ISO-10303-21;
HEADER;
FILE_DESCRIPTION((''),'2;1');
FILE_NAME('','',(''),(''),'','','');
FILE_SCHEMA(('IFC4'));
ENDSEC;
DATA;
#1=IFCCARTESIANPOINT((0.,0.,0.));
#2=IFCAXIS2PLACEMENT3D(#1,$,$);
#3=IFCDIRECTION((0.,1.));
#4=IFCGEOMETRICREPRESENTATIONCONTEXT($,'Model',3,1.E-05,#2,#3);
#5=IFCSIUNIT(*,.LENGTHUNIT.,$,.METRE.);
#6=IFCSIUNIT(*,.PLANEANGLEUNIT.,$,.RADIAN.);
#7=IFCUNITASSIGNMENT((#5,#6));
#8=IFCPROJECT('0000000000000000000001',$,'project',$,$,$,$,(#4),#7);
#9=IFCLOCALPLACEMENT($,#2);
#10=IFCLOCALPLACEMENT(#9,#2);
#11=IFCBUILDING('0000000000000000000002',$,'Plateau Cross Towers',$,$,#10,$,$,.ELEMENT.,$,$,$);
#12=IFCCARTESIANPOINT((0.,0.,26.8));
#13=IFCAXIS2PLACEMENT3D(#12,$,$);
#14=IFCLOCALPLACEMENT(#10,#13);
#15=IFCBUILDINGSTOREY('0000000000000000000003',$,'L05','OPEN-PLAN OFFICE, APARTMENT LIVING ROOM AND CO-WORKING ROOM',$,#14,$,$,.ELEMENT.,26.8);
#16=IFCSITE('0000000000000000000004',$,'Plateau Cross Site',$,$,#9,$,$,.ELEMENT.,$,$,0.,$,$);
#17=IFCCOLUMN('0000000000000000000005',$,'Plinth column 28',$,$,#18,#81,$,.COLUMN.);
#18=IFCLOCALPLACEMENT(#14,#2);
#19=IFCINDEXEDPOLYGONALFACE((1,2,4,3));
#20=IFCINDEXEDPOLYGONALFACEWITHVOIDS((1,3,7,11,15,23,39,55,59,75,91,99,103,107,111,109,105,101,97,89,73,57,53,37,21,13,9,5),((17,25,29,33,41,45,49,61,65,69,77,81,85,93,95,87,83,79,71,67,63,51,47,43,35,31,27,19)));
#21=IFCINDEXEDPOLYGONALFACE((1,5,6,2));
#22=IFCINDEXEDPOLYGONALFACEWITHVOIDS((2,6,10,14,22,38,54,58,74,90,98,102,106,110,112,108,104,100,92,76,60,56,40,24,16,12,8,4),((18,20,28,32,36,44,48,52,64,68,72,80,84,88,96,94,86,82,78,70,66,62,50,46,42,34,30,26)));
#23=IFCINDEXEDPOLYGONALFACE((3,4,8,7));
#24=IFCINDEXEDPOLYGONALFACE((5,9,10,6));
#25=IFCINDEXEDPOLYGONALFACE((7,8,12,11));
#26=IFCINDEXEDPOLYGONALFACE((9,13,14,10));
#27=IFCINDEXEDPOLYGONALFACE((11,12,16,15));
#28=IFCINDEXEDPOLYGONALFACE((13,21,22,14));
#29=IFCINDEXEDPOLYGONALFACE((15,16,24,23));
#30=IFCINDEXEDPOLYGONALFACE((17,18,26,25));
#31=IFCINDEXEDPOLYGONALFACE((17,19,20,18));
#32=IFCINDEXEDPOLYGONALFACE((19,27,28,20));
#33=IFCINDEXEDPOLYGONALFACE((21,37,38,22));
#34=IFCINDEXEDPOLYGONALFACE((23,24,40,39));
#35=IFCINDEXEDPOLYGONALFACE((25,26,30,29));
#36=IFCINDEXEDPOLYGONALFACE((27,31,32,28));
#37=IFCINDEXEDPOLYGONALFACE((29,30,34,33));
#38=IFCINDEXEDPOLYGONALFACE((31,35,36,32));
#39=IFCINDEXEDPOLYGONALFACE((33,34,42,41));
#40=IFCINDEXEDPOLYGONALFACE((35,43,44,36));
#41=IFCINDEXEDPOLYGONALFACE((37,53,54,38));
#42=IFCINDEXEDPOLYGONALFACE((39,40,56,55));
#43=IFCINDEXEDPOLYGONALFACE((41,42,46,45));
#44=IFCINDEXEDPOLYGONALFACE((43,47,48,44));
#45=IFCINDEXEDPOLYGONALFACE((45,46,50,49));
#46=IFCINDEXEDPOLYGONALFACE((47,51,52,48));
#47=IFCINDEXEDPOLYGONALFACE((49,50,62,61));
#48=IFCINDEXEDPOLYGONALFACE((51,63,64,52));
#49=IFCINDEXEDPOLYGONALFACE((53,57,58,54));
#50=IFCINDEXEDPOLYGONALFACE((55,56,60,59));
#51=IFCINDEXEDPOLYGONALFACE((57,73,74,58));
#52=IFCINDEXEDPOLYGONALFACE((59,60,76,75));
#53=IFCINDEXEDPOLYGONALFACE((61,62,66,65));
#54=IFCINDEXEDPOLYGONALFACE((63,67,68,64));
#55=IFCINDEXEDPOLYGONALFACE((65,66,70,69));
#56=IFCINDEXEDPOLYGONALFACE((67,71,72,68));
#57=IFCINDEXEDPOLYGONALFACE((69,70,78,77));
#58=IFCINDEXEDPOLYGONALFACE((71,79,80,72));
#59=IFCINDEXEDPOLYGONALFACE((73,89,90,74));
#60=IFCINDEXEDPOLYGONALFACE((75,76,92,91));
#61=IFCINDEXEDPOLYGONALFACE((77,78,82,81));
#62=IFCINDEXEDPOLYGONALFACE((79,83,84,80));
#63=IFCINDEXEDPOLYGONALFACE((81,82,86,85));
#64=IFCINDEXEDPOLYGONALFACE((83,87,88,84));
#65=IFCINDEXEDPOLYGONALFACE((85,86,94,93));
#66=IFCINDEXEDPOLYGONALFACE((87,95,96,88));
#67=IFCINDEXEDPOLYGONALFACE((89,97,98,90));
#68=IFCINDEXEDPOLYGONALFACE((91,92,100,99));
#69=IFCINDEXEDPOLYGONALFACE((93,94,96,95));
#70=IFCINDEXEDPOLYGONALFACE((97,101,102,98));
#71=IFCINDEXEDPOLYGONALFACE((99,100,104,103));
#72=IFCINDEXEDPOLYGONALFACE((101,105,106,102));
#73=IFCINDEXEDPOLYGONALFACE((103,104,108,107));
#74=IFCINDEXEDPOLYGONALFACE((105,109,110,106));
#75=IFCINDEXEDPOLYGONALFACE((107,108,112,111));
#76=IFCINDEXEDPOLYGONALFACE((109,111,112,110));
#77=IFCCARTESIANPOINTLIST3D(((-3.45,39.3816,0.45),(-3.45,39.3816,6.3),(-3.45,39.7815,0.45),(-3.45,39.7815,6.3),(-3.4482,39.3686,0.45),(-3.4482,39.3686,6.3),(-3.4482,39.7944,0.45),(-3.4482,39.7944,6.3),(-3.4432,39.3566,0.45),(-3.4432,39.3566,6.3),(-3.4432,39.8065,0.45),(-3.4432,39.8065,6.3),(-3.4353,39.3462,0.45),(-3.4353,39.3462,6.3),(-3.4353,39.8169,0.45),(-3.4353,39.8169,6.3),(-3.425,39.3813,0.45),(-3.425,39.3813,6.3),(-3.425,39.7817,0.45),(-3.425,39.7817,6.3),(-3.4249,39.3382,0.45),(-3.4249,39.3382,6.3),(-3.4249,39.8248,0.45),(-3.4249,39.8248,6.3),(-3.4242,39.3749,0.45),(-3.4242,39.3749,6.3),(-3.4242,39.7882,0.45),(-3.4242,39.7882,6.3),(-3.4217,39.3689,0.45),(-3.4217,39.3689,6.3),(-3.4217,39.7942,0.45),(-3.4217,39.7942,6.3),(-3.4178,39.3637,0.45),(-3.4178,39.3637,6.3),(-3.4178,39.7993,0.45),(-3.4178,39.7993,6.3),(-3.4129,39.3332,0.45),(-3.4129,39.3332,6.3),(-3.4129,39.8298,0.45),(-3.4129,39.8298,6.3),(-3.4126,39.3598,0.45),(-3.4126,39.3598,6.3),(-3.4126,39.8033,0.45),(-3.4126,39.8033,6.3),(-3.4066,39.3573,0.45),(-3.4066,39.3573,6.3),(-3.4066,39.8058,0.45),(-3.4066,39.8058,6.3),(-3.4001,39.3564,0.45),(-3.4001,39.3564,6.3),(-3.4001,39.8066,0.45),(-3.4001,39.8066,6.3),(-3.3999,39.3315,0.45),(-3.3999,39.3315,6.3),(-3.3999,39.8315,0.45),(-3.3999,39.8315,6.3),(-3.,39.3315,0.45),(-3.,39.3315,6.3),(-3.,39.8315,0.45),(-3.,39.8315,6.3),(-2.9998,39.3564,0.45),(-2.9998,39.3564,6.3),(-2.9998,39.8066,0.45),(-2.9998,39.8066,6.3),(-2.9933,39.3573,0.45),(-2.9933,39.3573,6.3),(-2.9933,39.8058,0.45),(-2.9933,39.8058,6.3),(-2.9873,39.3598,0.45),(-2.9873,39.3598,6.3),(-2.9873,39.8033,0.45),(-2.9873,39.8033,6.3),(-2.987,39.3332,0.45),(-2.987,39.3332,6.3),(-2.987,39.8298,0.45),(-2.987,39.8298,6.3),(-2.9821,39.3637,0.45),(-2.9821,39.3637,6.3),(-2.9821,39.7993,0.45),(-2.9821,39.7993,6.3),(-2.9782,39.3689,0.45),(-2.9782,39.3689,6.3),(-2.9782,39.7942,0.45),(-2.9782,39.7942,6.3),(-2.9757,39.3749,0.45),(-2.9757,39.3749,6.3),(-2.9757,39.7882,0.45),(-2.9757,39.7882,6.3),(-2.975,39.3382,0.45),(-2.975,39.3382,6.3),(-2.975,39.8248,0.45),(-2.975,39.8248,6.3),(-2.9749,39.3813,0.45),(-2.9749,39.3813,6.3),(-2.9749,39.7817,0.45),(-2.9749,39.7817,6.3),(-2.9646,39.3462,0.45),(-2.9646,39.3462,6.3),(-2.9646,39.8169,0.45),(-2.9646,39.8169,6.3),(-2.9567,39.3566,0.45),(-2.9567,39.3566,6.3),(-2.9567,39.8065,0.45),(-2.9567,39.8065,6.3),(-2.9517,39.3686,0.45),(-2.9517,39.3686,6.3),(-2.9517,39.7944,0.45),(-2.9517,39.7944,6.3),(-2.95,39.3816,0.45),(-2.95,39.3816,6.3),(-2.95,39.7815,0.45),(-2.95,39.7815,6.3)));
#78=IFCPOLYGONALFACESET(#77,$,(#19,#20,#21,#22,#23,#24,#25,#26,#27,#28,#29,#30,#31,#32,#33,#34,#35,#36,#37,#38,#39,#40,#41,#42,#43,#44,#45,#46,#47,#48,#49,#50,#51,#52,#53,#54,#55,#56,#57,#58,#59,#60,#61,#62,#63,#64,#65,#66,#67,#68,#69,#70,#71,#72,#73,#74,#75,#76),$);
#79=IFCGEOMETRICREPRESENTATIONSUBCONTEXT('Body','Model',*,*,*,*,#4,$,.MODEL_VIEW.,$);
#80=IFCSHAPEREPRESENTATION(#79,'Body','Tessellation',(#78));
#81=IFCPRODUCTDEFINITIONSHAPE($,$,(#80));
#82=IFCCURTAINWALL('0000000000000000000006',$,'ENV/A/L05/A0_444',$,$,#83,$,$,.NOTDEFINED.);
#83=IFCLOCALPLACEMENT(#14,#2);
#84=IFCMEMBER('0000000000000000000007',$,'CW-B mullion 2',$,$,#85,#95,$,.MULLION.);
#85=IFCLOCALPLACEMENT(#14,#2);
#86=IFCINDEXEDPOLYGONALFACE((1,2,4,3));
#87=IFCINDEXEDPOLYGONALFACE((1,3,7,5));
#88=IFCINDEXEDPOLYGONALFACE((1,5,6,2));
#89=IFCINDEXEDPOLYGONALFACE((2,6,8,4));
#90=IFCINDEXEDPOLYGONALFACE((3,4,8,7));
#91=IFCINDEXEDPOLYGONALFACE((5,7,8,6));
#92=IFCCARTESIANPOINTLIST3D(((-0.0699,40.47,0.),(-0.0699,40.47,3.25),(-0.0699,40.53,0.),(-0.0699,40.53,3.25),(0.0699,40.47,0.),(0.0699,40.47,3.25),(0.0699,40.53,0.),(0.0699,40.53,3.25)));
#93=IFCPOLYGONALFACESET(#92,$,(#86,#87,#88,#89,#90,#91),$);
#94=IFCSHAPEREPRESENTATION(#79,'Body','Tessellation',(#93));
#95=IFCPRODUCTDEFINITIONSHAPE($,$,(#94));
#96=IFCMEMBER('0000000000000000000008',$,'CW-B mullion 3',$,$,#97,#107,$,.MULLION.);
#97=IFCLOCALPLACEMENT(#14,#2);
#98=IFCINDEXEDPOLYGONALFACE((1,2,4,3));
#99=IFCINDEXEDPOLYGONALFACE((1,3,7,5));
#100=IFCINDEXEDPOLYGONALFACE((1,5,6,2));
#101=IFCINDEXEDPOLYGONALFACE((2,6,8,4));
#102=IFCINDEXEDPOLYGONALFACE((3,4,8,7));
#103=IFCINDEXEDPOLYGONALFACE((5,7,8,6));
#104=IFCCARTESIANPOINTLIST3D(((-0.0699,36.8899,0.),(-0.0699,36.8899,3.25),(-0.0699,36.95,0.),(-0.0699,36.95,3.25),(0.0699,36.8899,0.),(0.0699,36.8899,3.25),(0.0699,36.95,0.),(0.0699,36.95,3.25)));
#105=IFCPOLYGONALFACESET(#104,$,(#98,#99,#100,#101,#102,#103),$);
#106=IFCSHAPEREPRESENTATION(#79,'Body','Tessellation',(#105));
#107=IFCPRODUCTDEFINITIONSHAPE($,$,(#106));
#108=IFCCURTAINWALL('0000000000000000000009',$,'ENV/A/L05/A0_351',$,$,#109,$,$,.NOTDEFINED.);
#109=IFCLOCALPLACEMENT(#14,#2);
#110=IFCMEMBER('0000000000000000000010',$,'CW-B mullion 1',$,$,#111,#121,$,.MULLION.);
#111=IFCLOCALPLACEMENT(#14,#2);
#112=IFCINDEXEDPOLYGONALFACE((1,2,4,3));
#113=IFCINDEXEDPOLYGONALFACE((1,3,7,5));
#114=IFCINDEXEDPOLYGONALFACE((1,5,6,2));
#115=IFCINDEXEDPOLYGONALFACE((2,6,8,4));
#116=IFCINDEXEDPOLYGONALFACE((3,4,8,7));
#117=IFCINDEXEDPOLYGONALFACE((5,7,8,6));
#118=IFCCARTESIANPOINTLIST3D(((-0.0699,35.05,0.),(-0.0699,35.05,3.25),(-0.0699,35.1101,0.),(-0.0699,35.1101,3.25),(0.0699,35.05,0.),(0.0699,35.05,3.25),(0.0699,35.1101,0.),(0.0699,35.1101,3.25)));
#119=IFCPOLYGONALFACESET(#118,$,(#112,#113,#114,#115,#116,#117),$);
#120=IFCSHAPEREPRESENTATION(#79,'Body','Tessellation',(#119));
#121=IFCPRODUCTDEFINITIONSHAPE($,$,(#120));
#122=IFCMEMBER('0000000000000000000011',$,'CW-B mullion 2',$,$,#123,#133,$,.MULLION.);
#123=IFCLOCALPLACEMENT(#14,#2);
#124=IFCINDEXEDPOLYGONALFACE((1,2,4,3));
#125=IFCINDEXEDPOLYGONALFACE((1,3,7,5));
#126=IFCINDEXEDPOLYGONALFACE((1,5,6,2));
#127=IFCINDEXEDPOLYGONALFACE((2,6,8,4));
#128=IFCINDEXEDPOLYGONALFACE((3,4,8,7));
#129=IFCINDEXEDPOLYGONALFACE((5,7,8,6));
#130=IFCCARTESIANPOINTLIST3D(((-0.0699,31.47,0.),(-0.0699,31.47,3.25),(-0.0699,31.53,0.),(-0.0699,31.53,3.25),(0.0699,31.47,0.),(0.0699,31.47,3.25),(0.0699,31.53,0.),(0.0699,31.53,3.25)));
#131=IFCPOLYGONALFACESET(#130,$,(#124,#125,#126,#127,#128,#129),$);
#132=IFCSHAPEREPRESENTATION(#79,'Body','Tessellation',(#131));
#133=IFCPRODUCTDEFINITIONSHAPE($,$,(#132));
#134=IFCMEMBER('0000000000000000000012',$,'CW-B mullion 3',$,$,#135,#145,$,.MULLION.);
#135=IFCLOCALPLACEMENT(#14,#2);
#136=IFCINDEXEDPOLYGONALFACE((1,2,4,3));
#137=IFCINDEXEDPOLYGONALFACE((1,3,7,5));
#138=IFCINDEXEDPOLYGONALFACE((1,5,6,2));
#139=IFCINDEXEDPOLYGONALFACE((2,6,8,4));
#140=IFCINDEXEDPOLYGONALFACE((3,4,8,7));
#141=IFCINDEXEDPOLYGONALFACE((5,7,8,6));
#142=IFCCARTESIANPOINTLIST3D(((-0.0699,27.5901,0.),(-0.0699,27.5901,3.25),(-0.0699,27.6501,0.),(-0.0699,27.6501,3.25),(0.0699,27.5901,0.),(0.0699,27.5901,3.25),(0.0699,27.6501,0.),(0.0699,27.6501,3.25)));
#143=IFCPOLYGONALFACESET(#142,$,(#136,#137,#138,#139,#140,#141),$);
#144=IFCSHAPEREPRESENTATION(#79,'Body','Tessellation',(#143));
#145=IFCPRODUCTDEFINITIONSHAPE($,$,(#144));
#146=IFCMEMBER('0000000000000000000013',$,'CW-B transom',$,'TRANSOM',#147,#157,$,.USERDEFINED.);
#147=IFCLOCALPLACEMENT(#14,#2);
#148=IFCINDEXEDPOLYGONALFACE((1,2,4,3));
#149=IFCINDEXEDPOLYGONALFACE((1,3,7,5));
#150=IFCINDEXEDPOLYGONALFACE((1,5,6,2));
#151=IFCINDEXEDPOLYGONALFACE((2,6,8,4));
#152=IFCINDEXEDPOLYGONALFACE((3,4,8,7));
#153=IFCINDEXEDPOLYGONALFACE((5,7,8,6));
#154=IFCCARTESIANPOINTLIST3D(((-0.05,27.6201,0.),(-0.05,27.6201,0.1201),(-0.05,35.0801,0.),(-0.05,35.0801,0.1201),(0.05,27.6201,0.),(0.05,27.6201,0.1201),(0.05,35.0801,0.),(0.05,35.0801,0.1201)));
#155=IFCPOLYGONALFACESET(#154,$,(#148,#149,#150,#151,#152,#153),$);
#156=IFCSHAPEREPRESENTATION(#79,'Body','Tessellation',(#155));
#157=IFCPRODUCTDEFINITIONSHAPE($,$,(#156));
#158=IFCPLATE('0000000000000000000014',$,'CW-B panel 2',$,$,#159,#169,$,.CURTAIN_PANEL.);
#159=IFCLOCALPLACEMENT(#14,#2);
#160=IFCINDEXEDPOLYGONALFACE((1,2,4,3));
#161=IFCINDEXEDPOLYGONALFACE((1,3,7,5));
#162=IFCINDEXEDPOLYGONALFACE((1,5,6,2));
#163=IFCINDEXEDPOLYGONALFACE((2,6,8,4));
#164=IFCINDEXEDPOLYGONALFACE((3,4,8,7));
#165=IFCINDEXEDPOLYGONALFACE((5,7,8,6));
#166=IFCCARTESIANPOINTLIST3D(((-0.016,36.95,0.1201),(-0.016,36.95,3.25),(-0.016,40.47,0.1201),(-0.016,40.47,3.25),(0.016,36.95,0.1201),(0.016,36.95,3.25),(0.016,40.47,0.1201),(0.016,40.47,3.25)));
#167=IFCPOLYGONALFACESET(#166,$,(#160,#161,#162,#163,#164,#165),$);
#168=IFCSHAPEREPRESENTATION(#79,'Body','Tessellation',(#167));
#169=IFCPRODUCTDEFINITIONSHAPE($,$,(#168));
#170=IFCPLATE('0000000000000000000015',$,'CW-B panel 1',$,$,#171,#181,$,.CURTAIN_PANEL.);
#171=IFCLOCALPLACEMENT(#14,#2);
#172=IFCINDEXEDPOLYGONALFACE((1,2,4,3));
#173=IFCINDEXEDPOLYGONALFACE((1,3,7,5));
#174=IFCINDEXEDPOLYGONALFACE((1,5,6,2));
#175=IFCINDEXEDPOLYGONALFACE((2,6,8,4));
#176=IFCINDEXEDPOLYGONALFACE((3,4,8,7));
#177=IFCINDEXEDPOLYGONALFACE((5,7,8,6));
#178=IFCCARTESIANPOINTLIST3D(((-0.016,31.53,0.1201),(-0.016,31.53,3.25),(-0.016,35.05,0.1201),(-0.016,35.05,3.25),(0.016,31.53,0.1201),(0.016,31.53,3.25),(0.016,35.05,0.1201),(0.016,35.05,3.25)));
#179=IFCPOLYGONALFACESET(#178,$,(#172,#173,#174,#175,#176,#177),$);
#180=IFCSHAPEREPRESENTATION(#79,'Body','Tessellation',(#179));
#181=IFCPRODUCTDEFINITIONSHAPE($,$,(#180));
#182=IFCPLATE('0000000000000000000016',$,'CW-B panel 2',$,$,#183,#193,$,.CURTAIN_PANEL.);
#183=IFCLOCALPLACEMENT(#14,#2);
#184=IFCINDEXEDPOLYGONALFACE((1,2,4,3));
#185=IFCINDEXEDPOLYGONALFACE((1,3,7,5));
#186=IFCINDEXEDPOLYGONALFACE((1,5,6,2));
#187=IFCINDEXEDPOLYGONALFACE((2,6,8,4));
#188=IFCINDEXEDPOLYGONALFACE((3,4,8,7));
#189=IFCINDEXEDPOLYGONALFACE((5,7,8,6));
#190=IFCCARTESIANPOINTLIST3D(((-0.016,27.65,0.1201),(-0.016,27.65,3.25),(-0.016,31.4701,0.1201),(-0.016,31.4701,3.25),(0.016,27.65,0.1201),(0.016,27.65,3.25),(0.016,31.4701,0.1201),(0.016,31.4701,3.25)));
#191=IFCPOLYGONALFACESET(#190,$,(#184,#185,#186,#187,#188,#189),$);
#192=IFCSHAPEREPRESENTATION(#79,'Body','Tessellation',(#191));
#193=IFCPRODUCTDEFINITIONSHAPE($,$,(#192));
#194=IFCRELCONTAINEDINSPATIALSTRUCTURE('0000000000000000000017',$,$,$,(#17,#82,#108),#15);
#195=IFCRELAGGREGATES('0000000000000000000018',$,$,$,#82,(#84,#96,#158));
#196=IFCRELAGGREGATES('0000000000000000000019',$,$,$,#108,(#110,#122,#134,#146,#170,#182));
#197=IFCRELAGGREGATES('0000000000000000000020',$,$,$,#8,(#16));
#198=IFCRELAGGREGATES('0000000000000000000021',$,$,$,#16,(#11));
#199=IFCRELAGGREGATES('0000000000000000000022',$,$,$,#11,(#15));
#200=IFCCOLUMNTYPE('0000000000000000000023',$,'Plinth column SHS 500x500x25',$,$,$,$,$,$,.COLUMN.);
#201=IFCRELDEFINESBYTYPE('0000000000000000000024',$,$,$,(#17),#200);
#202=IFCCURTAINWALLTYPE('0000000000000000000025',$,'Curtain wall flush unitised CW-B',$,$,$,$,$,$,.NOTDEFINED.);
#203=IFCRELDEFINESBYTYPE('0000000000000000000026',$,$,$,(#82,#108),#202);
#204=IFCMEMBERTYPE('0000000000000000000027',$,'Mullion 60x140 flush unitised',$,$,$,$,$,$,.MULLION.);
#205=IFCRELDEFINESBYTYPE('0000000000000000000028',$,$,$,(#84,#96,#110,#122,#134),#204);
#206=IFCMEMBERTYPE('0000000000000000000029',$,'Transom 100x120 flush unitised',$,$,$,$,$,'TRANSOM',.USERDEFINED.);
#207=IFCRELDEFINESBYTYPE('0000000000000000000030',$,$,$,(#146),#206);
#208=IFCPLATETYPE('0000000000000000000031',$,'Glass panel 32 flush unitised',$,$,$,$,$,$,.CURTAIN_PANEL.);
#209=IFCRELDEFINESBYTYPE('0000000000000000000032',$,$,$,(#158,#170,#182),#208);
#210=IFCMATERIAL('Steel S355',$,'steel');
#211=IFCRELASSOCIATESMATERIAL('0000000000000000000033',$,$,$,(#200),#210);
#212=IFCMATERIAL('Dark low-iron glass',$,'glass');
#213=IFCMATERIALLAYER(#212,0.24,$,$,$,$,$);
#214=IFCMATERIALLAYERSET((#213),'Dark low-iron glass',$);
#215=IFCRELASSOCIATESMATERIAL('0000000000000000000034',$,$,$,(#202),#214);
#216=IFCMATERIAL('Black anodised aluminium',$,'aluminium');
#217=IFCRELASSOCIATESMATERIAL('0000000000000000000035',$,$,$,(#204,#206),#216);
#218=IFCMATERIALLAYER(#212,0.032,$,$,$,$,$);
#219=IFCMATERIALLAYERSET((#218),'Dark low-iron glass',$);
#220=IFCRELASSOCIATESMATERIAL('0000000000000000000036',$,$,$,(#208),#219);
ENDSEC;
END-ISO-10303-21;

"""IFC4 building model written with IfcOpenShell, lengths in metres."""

from ifc_helpers import new_model, si_unit, direction, frame, origin, origin_2d, place, context, subcontext, project, spatial, rectangle, hollow_rectangle, extrude, material, layer, layer_set, material_profile, profile_set, type_object, element, aggregate, save


model = new_model("IFC4")

# Units and contexts
model_context = context("Model", 3, precision=1e-05, world=origin(), true_north=direction((0.0, 1.0)))
body_context = subcontext(model_context, "Body", "Model", "MODEL_VIEW")
ifc_project = project(units=[si_unit("LENGTHUNIT", "METRE"), si_unit("PLANEANGLEUNIT", "RADIAN")], contexts=[model_context])

# Site, building, storey
site_placement = place(None, origin())
site = spatial("IfcSite", under=ifc_project, at=site_placement, Name="Plateau Cross Site", CompositionType="ELEMENT", RefElevation=0.0)
building_placement = place(site_placement, origin())
building = spatial("IfcBuilding", under=site, at=building_placement, Name="Plateau Cross Towers", CompositionType="ELEMENT")
storey_placement = place(building_placement, frame((0.0, 0.0, 26.8)))
storey = spatial("IfcBuildingStorey", under=building, at=storey_placement, Name="L05", Description="OPEN-PLAN OFFICE, APARTMENT LIVING ROOM AND CO-WORKING ROOM", CompositionType="ELEMENT", Elevation=26.8)

# Column
ifc_material_1 = material(Name="Steel S355", Category="steel")
ifc_material_profile_1 = material_profile(ifc_material_1, hollow_rectangle(XDim=0.5, YDim=0.5, WallThickness=0.0249, InnerFilletRadius=0.0249, OuterFilletRadius=0.05, at=origin_2d()), Name="SHS 500x500x25")
ifc_profile_set_1 = profile_set([ifc_material_profile_1], Name="Steel S355")
column_type_1 = type_object("IfcColumnType", Name="Plinth column SHS 500x500x25", PredefinedType="COLUMN", material=ifc_profile_set_1)
for number, where, z_axis, x_axis, name in (
    (1, (-3.2, 39.5815, 0.45), (0.0, 0.0, 1.0), (1.0, 0.0, 0.0), "Plinth column 28"),
):
    element("IfcColumn", number, at=place(storey_placement, frame(where, z_axis=z_axis, x_axis=x_axis)), inside=storey, type_object=column_type_1, Name=name, PredefinedType="COLUMN", context=body_context, shape_type="SweptSolid", body=[
        extrude(hollow_rectangle(XDim=0.5, YDim=0.5, WallThickness=0.0249, InnerFilletRadius=0.0249, OuterFilletRadius=0.05, at=origin_2d()), origin(), (0.0, 0.0, 1.0), 5.8501),
    ])

# Curtain walls, members
ifc_material_2 = material(Name="Dark low-iron glass", Category="glass")
ifc_layer_1 = layer(ifc_material_2, 0.24)
ifc_layer_set_1 = layer_set([ifc_layer_1], Name="Dark low-iron glass")
curtain_wall_type = type_object("IfcCurtainWallType", Name="Curtain wall flush unitised CW-B", PredefinedType="NOTDEFINED", material=ifc_layer_set_1)
curtain_wall_1_placement = place(storey_placement, origin())
curtain_wall_1 = element("IfcCurtainWall", 2, at=curtain_wall_1_placement, inside=storey, type_object=curtain_wall_type, Name="ENV/A/L05/A0_444", PredefinedType="NOTDEFINED")
ifc_material_3 = material(Name="Black anodised aluminium", Category="aluminium")
ifc_material_profile_2 = material_profile(ifc_material_3, rectangle(XDim=0.0601, YDim=0.1399, at=origin_2d()), Name="MULLION 60x140")
ifc_profile_set_2 = profile_set([ifc_material_profile_2], Name="Black anodised aluminium")
member_type_1 = type_object("IfcMemberType", Name="Mullion 60x140 flush unitised", PredefinedType="MULLION", material=ifc_profile_set_2)
member_1_placement = place(storey_placement, frame((0.0, 40.5, 0.0), z_axis=(0.0, 0.0, 1.0), x_axis=(0.0, -1.0, 0.0)))
member_1 = element("IfcMember", 3, at=member_1_placement, type_object=member_type_1, Name="CW-B mullion 2", PredefinedType="MULLION", context=body_context, shape_type="SweptSolid", body=[
    extrude(rectangle(XDim=0.0601, YDim=0.1399, at=origin_2d()), origin(), (0.0, 0.0, 1.0), 3.25),
])
member_2_placement = place(storey_placement, frame((0.0, 36.9199, 0.0), z_axis=(0.0, 0.0, 1.0), x_axis=(0.0, -1.0, 0.0)))
member_2 = element("IfcMember", 4, at=member_2_placement, type_object=member_type_1, Name="CW-B mullion 3", PredefinedType="MULLION", context=body_context, shape_type="SweptSolid", body=[
    extrude(rectangle(XDim=0.0601, YDim=0.1399, at=origin_2d()), origin(), (0.0, 0.0, 1.0), 3.25),
])
curtain_wall_2_placement = place(storey_placement, origin())
curtain_wall_2 = element("IfcCurtainWall", 5, at=curtain_wall_2_placement, inside=storey, type_object=curtain_wall_type, Name="ENV/A/L05/A0_351", PredefinedType="NOTDEFINED")
member_3_placement = place(storey_placement, frame((0.0, 35.0801, 0.0), z_axis=(0.0, 0.0, 1.0), x_axis=(0.0, -1.0, 0.0)))
member_3 = element("IfcMember", 6, at=member_3_placement, type_object=member_type_1, Name="CW-B mullion 1", PredefinedType="MULLION", context=body_context, shape_type="SweptSolid", body=[
    extrude(rectangle(XDim=0.0601, YDim=0.1399, at=origin_2d()), origin(), (0.0, 0.0, 1.0), 3.25),
])
member_4_placement = place(storey_placement, frame((0.0, 31.5, 0.0), z_axis=(0.0, 0.0, 1.0), x_axis=(0.0, -1.0, 0.0)))
member_4 = element("IfcMember", 7, at=member_4_placement, type_object=member_type_1, Name="CW-B mullion 2", PredefinedType="MULLION", context=body_context, shape_type="SweptSolid", body=[
    extrude(rectangle(XDim=0.0601, YDim=0.1399, at=origin_2d()), origin(), (0.0, 0.0, 1.0), 3.25),
])
member_5_placement = place(storey_placement, frame((0.0, 27.6201, 0.0), z_axis=(0.0, 0.0, 1.0), x_axis=(0.0, -1.0, 0.0)))
member_5 = element("IfcMember", 8, at=member_5_placement, type_object=member_type_1, Name="CW-B mullion 3", PredefinedType="MULLION", context=body_context, shape_type="SweptSolid", body=[
    extrude(rectangle(XDim=0.0601, YDim=0.1399, at=origin_2d()), origin(), (0.0, 0.0, 1.0), 3.25),
])
ifc_material_profile_3 = material_profile(ifc_material_3, rectangle(XDim=0.1001, YDim=0.1201, at=origin_2d()), Name="TRANSOM 100x120")
ifc_profile_set_3 = profile_set([ifc_material_profile_3], Name="Black anodised aluminium")
member_type_2 = type_object("IfcMemberType", Name="Transom 100x120 flush unitised", ElementType="TRANSOM", PredefinedType="USERDEFINED", material=ifc_profile_set_3)
member_6_placement = place(storey_placement, frame((0.0, 35.0801, 0.0601), z_axis=(0.0, -1.0, 0.0), x_axis=(1.0, 0.0, 0.0)))
member_6 = element("IfcMember", 9, at=member_6_placement, type_object=member_type_2, Name="CW-B transom", ObjectType="TRANSOM", PredefinedType="USERDEFINED", context=body_context, shape_type="SweptSolid", body=[
    extrude(rectangle(XDim=0.1001, YDim=0.1201, at=origin_2d()), origin(), (0.0, 0.0, 1.0), 7.46),
])

# Plates
ifc_layer_2 = layer(ifc_material_2, 0.032)
ifc_layer_set_2 = layer_set([ifc_layer_2], Name="Dark low-iron glass")
plate_type = type_object("IfcPlateType", Name="Glass panel 32 flush unitised", PredefinedType="CURTAIN_PANEL", material=ifc_layer_set_2)
plate_1_placement = place(storey_placement, frame((0.0, 38.71, 0.1201), z_axis=(0.0, 0.0, 1.0), x_axis=(0.0, -1.0, 0.0)))
plate_1 = element("IfcPlate", 10, at=plate_1_placement, type_object=plate_type, Name="CW-B panel 2", PredefinedType="CURTAIN_PANEL", context=body_context, shape_type="SweptSolid", body=[
    extrude(rectangle(XDim=3.52, YDim=0.032, at=origin_2d()), origin(), (0.0, 0.0, 1.0), 3.1299),
])
aggregate(curtain_wall_1, [member_1, member_2, plate_1])
plate_2_placement = place(storey_placement, frame((0.0, 33.29, 0.1201), z_axis=(0.0, 0.0, 1.0), x_axis=(0.0, -1.0, 0.0)))
plate_2 = element("IfcPlate", 11, at=plate_2_placement, type_object=plate_type, Name="CW-B panel 1", PredefinedType="CURTAIN_PANEL", context=body_context, shape_type="SweptSolid", body=[
    extrude(rectangle(XDim=3.52, YDim=0.032, at=origin_2d()), origin(), (0.0, 0.0, 1.0), 3.1299),
])
plate_3_placement = place(storey_placement, frame((0.0, 29.5601, 0.1201), z_axis=(0.0, 0.0, 1.0), x_axis=(0.0, -1.0, 0.0)))
plate_3 = element("IfcPlate", 12, at=plate_3_placement, type_object=plate_type, Name="CW-B panel 2", PredefinedType="CURTAIN_PANEL", context=body_context, shape_type="SweptSolid", body=[
    extrude(rectangle(XDim=3.8201, YDim=0.032, at=origin_2d()), origin(), (0.0, 0.0, 1.0), 3.1299),
])
aggregate(curtain_wall_2, [member_3, member_4, member_5, member_6, plate_2, plate_3])

save(model, "model.ifc")
